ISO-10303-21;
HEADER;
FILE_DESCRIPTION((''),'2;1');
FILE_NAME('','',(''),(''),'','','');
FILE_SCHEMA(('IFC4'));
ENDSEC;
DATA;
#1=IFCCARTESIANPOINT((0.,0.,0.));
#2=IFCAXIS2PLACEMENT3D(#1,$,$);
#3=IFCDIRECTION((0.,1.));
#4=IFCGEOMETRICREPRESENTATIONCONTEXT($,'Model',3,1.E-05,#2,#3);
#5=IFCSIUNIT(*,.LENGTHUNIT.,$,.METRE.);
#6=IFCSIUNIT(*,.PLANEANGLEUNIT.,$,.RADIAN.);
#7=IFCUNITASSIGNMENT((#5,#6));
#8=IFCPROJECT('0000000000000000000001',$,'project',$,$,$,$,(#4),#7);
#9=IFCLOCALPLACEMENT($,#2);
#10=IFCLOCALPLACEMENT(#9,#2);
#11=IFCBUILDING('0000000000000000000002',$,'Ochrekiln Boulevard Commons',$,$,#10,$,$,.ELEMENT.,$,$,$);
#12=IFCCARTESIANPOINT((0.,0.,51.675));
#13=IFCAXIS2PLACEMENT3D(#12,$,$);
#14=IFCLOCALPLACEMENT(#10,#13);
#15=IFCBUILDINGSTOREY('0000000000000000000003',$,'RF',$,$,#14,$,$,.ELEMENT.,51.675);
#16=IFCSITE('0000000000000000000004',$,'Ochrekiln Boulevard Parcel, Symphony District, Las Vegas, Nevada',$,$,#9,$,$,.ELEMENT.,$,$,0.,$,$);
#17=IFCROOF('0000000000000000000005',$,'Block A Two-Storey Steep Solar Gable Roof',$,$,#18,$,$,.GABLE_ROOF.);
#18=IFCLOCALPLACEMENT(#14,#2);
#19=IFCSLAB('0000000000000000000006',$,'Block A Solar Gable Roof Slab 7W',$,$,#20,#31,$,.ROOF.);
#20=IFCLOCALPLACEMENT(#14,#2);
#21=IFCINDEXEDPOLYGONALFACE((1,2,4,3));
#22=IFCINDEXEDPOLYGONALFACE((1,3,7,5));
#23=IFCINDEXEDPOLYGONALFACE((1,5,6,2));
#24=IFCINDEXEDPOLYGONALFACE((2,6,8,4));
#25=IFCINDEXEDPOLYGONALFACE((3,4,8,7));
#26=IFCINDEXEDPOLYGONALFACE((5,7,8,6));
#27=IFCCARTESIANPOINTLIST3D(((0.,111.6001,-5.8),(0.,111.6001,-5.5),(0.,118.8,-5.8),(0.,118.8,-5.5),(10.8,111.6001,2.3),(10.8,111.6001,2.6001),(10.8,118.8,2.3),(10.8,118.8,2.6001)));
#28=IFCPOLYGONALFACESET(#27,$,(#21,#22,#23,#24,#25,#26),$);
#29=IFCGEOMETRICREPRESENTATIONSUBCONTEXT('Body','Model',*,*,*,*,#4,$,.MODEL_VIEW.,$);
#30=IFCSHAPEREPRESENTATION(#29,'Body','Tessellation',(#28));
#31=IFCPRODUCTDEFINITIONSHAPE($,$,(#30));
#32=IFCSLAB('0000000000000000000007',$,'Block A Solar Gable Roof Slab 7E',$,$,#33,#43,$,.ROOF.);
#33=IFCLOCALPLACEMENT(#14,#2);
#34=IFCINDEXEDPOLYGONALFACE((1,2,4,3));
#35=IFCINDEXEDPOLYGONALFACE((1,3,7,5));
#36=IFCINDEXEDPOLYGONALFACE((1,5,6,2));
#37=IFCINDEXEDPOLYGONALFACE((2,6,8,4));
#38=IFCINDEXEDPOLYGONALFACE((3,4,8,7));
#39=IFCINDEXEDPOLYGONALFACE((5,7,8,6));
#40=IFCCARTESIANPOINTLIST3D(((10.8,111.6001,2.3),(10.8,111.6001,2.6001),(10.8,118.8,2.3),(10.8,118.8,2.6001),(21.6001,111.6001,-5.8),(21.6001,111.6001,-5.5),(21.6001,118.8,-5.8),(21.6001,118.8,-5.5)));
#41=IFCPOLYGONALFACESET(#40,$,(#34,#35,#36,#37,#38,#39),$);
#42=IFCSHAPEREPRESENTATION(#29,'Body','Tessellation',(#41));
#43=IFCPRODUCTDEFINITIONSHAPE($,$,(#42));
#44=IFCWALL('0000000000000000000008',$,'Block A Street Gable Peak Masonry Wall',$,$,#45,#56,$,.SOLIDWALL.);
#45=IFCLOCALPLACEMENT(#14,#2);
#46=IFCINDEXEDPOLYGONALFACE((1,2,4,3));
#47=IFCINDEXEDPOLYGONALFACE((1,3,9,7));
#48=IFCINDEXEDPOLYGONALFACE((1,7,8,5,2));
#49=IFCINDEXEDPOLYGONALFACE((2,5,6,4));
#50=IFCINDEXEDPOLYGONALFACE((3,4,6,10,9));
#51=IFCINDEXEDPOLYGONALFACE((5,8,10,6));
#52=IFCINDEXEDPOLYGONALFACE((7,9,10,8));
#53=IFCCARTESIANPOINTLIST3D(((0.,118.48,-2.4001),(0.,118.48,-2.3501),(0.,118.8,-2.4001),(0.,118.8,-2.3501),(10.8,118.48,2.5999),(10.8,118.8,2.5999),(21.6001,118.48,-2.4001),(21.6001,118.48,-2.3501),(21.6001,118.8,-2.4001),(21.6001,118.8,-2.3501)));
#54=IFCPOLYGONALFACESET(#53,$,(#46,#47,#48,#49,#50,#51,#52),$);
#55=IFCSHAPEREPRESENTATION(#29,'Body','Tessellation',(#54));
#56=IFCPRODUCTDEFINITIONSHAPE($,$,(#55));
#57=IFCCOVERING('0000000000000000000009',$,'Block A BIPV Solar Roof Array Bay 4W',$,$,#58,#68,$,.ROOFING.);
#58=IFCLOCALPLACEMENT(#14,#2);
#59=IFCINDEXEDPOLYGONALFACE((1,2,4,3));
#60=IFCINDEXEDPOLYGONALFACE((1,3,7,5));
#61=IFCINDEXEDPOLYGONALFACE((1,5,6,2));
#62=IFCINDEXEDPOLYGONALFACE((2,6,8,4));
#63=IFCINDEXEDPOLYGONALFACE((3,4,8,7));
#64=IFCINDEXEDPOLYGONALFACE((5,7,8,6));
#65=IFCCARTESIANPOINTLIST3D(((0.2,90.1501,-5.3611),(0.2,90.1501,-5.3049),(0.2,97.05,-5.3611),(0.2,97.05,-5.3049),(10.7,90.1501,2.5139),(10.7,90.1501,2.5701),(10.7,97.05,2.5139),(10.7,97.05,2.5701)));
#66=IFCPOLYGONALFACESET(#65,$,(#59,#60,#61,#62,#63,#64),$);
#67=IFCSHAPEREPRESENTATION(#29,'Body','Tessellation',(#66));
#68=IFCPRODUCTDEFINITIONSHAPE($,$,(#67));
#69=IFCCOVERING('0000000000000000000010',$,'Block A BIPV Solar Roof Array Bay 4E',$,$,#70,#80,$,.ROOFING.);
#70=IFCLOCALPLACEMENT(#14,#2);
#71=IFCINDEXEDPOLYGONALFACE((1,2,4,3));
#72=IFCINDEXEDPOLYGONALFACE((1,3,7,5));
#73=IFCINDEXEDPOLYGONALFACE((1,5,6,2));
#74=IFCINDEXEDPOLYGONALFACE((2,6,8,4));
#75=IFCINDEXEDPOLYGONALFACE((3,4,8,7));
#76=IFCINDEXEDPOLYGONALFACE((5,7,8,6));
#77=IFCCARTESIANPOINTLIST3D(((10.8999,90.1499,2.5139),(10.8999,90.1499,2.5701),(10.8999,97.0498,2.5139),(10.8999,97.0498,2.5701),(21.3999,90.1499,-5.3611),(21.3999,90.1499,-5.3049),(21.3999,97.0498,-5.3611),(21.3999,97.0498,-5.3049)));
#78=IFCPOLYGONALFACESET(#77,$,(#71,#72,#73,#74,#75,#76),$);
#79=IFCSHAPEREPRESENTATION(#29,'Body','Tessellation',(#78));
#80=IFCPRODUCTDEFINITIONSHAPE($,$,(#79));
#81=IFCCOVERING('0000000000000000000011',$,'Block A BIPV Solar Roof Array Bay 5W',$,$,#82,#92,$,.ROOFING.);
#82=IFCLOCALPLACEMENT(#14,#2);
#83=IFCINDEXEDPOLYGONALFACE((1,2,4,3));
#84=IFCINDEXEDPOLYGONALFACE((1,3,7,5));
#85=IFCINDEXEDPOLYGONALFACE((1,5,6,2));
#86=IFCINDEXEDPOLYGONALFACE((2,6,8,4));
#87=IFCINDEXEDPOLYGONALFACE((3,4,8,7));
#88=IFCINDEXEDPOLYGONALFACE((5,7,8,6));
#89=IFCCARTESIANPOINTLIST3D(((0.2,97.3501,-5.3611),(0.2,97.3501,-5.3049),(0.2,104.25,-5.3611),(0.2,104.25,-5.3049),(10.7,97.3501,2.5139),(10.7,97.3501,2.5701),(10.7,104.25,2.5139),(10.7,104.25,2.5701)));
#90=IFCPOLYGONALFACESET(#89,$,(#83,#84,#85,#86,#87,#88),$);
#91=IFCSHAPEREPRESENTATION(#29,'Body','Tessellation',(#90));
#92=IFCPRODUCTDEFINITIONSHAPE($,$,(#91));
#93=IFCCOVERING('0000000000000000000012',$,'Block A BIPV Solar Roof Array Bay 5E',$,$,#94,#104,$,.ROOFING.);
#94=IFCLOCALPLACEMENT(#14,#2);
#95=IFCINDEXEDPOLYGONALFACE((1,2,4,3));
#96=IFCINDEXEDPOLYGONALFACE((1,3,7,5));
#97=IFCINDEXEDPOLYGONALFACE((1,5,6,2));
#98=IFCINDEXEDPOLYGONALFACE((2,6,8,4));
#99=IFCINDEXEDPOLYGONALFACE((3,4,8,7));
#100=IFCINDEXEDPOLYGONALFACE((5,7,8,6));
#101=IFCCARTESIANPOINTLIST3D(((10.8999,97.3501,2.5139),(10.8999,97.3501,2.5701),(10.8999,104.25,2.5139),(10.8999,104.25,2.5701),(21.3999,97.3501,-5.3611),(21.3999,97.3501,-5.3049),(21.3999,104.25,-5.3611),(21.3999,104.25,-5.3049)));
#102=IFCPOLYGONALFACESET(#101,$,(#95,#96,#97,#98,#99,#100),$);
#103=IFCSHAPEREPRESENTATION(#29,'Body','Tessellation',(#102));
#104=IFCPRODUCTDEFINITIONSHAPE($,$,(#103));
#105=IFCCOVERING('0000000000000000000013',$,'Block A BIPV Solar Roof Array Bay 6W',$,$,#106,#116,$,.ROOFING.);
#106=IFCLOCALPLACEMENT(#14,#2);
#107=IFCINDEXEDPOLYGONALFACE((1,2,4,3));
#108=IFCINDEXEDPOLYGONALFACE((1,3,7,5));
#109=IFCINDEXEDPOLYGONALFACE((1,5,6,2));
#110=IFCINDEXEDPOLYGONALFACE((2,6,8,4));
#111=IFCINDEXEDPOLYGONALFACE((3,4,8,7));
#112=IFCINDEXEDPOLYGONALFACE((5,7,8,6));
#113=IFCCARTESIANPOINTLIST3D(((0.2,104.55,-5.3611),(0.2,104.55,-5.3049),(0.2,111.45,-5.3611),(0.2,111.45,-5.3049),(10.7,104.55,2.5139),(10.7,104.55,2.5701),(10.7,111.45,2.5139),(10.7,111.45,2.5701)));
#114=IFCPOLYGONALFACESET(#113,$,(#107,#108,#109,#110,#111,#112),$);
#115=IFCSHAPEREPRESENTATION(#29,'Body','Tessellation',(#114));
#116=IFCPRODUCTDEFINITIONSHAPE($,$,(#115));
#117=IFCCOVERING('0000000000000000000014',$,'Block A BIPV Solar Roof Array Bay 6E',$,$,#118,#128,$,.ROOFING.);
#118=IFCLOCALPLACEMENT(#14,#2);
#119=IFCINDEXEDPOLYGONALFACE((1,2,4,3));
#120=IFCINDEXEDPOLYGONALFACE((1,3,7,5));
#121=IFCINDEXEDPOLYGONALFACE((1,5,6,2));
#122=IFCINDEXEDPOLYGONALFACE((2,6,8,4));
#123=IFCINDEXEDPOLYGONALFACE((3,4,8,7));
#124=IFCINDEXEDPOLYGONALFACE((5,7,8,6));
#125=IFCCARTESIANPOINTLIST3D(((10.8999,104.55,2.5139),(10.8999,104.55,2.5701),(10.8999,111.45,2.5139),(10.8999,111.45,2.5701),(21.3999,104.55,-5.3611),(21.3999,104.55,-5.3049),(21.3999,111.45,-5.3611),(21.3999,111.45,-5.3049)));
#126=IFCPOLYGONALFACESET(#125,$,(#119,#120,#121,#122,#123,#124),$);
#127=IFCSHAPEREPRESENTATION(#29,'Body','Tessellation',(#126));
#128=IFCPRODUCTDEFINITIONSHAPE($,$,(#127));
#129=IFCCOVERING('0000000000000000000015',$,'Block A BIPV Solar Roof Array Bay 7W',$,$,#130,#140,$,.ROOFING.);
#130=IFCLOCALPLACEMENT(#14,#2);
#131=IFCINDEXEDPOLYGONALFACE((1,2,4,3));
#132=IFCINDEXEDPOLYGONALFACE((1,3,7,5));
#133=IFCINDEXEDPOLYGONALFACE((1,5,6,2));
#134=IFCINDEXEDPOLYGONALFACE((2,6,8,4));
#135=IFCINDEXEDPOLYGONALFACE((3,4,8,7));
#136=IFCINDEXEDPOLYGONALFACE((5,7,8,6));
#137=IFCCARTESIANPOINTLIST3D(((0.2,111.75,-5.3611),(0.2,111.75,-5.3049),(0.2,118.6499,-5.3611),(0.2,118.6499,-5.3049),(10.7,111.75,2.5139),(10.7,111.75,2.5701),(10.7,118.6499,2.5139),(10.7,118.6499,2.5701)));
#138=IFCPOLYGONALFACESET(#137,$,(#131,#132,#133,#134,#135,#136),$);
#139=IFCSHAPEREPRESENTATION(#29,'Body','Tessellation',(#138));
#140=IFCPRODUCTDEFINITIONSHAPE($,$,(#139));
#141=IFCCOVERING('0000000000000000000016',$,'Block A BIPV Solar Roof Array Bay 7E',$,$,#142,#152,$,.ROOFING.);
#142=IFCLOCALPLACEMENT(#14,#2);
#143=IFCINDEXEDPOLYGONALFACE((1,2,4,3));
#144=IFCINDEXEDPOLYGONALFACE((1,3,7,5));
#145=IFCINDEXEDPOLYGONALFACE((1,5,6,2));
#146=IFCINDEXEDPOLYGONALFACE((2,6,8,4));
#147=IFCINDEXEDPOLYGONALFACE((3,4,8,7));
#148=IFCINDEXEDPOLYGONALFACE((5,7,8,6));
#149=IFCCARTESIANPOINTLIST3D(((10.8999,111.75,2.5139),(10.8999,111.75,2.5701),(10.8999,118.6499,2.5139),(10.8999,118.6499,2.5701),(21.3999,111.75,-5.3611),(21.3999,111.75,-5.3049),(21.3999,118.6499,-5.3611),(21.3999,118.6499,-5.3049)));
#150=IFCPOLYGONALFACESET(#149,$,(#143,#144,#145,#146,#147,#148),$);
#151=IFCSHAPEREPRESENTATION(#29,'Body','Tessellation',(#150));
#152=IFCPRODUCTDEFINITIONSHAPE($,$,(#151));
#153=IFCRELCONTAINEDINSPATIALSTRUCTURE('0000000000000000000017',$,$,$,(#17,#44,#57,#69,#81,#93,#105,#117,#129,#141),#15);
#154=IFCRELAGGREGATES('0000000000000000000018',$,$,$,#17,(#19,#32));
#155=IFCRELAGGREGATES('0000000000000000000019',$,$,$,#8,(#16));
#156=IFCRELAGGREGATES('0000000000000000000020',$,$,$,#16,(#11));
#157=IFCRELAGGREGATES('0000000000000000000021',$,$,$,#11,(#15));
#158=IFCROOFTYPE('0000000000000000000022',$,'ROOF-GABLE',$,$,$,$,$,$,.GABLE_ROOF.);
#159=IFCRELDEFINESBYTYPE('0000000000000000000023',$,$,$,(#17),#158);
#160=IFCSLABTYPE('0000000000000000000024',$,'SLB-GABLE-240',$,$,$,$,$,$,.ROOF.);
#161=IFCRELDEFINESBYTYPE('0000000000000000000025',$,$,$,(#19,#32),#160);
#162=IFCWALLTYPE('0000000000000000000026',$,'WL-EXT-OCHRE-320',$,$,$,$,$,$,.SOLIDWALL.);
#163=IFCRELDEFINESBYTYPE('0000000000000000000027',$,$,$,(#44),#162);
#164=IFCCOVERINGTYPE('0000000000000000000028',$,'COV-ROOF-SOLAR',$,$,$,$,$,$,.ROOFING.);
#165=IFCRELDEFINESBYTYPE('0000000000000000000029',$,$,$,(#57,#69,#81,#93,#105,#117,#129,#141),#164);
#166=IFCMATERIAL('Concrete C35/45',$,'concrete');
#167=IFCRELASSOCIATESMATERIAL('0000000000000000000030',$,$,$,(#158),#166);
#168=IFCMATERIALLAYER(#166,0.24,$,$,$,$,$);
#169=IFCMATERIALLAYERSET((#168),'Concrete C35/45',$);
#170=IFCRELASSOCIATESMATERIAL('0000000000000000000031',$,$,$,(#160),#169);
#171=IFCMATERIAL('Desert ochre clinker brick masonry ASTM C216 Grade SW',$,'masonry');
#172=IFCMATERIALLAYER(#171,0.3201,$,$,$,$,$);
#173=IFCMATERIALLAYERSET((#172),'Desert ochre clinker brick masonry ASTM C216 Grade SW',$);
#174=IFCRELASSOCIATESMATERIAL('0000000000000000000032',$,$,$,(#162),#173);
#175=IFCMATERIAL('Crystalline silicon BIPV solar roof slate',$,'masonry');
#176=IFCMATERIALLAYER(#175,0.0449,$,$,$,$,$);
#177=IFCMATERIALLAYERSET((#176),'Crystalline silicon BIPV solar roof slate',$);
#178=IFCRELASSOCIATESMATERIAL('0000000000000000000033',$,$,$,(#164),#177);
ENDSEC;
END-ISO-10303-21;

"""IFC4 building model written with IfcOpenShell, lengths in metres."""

from ifc_helpers import new_model, si_unit, direction, frame, origin, place, context, subcontext, project, spatial, polyline, outline, extrude, material, layer, layer_set, type_object, element, aggregate, save


model = new_model("IFC4")

# Units and contexts
model_context = context("Model", 3, precision=1e-05, world=origin(), true_north=direction((0.0, 1.0)))
body_context = subcontext(model_context, "Body", "Model", "MODEL_VIEW")
ifc_project = project(units=[si_unit("LENGTHUNIT", "METRE"), si_unit("PLANEANGLEUNIT", "RADIAN")], contexts=[model_context])

# Site, building, storey
site_placement = place(None, origin())
site = spatial("IfcSite", under=ifc_project, at=site_placement, Name="Ochrekiln Boulevard Parcel, Symphony District, Las Vegas, Nevada", CompositionType="ELEMENT", RefElevation=0.0)
building_placement = place(site_placement, origin())
building = spatial("IfcBuilding", under=site, at=building_placement, Name="Ochrekiln Boulevard Commons", CompositionType="ELEMENT")
storey_placement = place(building_placement, frame((0.0, 0.0, 51.675)))
storey = spatial("IfcBuildingStorey", under=building, at=storey_placement, Name="RF", CompositionType="ELEMENT", Elevation=51.675)

# Roof, slabs
ifc_material_1 = material(Name="Concrete C35/45", Category="concrete")
roof_type = type_object("IfcRoofType", Name="ROOF-GABLE", PredefinedType="GABLE_ROOF", material=ifc_material_1)
roof_placement = place(storey_placement, origin())
roof = element("IfcRoof", 1, at=roof_placement, inside=storey, type_object=roof_type, Name="Block A Two-Storey Steep Solar Gable Roof", PredefinedType="GABLE_ROOF")
ifc_layer_1 = layer(ifc_material_1, 0.24)
ifc_layer_set_1 = layer_set([ifc_layer_1], Name="Concrete C35/45")
slab_type = type_object("IfcSlabType", Name="SLB-GABLE-240", PredefinedType="ROOF", material=ifc_layer_set_1)
slab_1_placement = place(storey_placement, frame((0.0, 118.8, -5.5), z_axis=(0.0, -1.0, 0.0), x_axis=(1.0, 0.0, 0.0)))
slab_1 = element("IfcSlab", 2, at=slab_1_placement, type_object=slab_type, Name="Block A Solar Gable Roof Slab 7W", PredefinedType="ROOF", context=body_context, shape_type="SweptSolid", body=[
    extrude(outline(polyline([(0.0, 0.0), (10.8, 8.1001), (10.8, 7.8), (0.0, -0.3), (0.0, 0.0)])), origin(), (0.0, 0.0, 1.0), 7.2),
])
slab_2_placement = place(storey_placement, frame((21.6001, 111.6001, -5.5), z_axis=(0.0, 1.0, 0.0), x_axis=(-1.0, 0.0, 0.0)))
slab_2 = element("IfcSlab", 3, at=slab_2_placement, type_object=slab_type, Name="Block A Solar Gable Roof Slab 7E", PredefinedType="ROOF", context=body_context, shape_type="SweptSolid", body=[
    extrude(outline(polyline([(0.0, 0.0), (10.8, 8.1001), (10.8, 7.8), (0.0, -0.3), (0.0, 0.0)])), origin(), (0.0, 0.0, 1.0), 7.2),
])
aggregate(roof, [slab_1, slab_2])

# Wall
ifc_material_2 = material(Name="Desert ochre clinker brick masonry ASTM C216 Grade SW", Category="masonry")
ifc_layer_2 = layer(ifc_material_2, 0.3201)
ifc_layer_set_2 = layer_set([ifc_layer_2], Name="Desert ochre clinker brick masonry ASTM C216 Grade SW")
wall_type = type_object("IfcWallType", Name="WL-EXT-OCHRE-320", PredefinedType="SOLIDWALL", material=ifc_layer_set_2)
wall_placement = place(storey_placement, frame((0.0, 118.6399, -2.4001), z_axis=(0.0, 0.0, 1.0), x_axis=(1.0, 0.0, 0.0)))
element("IfcWall", 4, at=wall_placement, inside=storey, type_object=wall_type, Name="Block A Street Gable Peak Masonry Wall", PredefinedType="SOLIDWALL", context=body_context, shape_type="SweptSolid", body=[
    extrude(outline(polyline([(0.0, 0.0), (21.6001, 0.0), (21.6001, 0.05), (10.8, 5.0), (0.0, 0.05), (0.0, 0.0)])), frame((0.0, 0.1602, 0.0), z_axis=(0.0, -1.0, 0.0), x_axis=(1.0, 0.0, 0.0)), (0.0, 0.0, 1.0), 0.3201),
])

# Coverings
ifc_material_3 = material(Name="Crystalline silicon BIPV solar roof slate", Category="masonry")
ifc_layer_3 = layer(ifc_material_3, 0.0449)
ifc_layer_set_3 = layer_set([ifc_layer_3], Name="Crystalline silicon BIPV solar roof slate")
covering_type = type_object("IfcCoveringType", Name="COV-ROOF-SOLAR", PredefinedType="ROOFING", material=ifc_layer_set_3)
for number, where, z_axis, x_axis, name in (
    (5, (0.2, 97.05, -5.3049), (0.0, -1.0, 0.0), (1.0, 0.0, 0.0), "Block A BIPV Solar Roof Array Bay 4W"),
    (6, (21.3999, 90.1499, -5.3049), (0.0, 1.0, 0.0), (-1.0, 0.0, 0.0), "Block A BIPV Solar Roof Array Bay 4E"),
    (7, (0.2, 104.25, -5.3049), (0.0, -1.0, 0.0), (1.0, 0.0, 0.0), "Block A BIPV Solar Roof Array Bay 5W"),
    (8, (21.3999, 97.3501, -5.3049), (0.0, 1.0, 0.0), (-1.0, 0.0, 0.0), "Block A BIPV Solar Roof Array Bay 5E"),
    (9, (0.2, 111.45, -5.3049), (0.0, -1.0, 0.0), (1.0, 0.0, 0.0), "Block A BIPV Solar Roof Array Bay 6W"),
    (10, (21.3999, 104.55, -5.3049), (0.0, 1.0, 0.0), (-1.0, 0.0, 0.0), "Block A BIPV Solar Roof Array Bay 6E"),
    (11, (0.2, 118.6499, -5.3049), (0.0, -1.0, 0.0), (1.0, 0.0, 0.0), "Block A BIPV Solar Roof Array Bay 7W"),
    (12, (21.3999, 111.75, -5.3049), (0.0, 1.0, 0.0), (-1.0, 0.0, 0.0), "Block A BIPV Solar Roof Array Bay 7E"),
):
    element("IfcCovering", number, at=place(storey_placement, frame(where, z_axis=z_axis, x_axis=x_axis)), inside=storey, type_object=covering_type, Name=name, PredefinedType="ROOFING", context=body_context, shape_type="SweptSolid", body=[
        extrude(outline(polyline([(0.0, 0.0), (10.5, 7.875), (10.5, 7.8188), (0.0, -0.0562), (0.0, 0.0)])), origin(), (0.0, 0.0, 1.0), 6.8999),
    ])

save(model, "model.ifc")
